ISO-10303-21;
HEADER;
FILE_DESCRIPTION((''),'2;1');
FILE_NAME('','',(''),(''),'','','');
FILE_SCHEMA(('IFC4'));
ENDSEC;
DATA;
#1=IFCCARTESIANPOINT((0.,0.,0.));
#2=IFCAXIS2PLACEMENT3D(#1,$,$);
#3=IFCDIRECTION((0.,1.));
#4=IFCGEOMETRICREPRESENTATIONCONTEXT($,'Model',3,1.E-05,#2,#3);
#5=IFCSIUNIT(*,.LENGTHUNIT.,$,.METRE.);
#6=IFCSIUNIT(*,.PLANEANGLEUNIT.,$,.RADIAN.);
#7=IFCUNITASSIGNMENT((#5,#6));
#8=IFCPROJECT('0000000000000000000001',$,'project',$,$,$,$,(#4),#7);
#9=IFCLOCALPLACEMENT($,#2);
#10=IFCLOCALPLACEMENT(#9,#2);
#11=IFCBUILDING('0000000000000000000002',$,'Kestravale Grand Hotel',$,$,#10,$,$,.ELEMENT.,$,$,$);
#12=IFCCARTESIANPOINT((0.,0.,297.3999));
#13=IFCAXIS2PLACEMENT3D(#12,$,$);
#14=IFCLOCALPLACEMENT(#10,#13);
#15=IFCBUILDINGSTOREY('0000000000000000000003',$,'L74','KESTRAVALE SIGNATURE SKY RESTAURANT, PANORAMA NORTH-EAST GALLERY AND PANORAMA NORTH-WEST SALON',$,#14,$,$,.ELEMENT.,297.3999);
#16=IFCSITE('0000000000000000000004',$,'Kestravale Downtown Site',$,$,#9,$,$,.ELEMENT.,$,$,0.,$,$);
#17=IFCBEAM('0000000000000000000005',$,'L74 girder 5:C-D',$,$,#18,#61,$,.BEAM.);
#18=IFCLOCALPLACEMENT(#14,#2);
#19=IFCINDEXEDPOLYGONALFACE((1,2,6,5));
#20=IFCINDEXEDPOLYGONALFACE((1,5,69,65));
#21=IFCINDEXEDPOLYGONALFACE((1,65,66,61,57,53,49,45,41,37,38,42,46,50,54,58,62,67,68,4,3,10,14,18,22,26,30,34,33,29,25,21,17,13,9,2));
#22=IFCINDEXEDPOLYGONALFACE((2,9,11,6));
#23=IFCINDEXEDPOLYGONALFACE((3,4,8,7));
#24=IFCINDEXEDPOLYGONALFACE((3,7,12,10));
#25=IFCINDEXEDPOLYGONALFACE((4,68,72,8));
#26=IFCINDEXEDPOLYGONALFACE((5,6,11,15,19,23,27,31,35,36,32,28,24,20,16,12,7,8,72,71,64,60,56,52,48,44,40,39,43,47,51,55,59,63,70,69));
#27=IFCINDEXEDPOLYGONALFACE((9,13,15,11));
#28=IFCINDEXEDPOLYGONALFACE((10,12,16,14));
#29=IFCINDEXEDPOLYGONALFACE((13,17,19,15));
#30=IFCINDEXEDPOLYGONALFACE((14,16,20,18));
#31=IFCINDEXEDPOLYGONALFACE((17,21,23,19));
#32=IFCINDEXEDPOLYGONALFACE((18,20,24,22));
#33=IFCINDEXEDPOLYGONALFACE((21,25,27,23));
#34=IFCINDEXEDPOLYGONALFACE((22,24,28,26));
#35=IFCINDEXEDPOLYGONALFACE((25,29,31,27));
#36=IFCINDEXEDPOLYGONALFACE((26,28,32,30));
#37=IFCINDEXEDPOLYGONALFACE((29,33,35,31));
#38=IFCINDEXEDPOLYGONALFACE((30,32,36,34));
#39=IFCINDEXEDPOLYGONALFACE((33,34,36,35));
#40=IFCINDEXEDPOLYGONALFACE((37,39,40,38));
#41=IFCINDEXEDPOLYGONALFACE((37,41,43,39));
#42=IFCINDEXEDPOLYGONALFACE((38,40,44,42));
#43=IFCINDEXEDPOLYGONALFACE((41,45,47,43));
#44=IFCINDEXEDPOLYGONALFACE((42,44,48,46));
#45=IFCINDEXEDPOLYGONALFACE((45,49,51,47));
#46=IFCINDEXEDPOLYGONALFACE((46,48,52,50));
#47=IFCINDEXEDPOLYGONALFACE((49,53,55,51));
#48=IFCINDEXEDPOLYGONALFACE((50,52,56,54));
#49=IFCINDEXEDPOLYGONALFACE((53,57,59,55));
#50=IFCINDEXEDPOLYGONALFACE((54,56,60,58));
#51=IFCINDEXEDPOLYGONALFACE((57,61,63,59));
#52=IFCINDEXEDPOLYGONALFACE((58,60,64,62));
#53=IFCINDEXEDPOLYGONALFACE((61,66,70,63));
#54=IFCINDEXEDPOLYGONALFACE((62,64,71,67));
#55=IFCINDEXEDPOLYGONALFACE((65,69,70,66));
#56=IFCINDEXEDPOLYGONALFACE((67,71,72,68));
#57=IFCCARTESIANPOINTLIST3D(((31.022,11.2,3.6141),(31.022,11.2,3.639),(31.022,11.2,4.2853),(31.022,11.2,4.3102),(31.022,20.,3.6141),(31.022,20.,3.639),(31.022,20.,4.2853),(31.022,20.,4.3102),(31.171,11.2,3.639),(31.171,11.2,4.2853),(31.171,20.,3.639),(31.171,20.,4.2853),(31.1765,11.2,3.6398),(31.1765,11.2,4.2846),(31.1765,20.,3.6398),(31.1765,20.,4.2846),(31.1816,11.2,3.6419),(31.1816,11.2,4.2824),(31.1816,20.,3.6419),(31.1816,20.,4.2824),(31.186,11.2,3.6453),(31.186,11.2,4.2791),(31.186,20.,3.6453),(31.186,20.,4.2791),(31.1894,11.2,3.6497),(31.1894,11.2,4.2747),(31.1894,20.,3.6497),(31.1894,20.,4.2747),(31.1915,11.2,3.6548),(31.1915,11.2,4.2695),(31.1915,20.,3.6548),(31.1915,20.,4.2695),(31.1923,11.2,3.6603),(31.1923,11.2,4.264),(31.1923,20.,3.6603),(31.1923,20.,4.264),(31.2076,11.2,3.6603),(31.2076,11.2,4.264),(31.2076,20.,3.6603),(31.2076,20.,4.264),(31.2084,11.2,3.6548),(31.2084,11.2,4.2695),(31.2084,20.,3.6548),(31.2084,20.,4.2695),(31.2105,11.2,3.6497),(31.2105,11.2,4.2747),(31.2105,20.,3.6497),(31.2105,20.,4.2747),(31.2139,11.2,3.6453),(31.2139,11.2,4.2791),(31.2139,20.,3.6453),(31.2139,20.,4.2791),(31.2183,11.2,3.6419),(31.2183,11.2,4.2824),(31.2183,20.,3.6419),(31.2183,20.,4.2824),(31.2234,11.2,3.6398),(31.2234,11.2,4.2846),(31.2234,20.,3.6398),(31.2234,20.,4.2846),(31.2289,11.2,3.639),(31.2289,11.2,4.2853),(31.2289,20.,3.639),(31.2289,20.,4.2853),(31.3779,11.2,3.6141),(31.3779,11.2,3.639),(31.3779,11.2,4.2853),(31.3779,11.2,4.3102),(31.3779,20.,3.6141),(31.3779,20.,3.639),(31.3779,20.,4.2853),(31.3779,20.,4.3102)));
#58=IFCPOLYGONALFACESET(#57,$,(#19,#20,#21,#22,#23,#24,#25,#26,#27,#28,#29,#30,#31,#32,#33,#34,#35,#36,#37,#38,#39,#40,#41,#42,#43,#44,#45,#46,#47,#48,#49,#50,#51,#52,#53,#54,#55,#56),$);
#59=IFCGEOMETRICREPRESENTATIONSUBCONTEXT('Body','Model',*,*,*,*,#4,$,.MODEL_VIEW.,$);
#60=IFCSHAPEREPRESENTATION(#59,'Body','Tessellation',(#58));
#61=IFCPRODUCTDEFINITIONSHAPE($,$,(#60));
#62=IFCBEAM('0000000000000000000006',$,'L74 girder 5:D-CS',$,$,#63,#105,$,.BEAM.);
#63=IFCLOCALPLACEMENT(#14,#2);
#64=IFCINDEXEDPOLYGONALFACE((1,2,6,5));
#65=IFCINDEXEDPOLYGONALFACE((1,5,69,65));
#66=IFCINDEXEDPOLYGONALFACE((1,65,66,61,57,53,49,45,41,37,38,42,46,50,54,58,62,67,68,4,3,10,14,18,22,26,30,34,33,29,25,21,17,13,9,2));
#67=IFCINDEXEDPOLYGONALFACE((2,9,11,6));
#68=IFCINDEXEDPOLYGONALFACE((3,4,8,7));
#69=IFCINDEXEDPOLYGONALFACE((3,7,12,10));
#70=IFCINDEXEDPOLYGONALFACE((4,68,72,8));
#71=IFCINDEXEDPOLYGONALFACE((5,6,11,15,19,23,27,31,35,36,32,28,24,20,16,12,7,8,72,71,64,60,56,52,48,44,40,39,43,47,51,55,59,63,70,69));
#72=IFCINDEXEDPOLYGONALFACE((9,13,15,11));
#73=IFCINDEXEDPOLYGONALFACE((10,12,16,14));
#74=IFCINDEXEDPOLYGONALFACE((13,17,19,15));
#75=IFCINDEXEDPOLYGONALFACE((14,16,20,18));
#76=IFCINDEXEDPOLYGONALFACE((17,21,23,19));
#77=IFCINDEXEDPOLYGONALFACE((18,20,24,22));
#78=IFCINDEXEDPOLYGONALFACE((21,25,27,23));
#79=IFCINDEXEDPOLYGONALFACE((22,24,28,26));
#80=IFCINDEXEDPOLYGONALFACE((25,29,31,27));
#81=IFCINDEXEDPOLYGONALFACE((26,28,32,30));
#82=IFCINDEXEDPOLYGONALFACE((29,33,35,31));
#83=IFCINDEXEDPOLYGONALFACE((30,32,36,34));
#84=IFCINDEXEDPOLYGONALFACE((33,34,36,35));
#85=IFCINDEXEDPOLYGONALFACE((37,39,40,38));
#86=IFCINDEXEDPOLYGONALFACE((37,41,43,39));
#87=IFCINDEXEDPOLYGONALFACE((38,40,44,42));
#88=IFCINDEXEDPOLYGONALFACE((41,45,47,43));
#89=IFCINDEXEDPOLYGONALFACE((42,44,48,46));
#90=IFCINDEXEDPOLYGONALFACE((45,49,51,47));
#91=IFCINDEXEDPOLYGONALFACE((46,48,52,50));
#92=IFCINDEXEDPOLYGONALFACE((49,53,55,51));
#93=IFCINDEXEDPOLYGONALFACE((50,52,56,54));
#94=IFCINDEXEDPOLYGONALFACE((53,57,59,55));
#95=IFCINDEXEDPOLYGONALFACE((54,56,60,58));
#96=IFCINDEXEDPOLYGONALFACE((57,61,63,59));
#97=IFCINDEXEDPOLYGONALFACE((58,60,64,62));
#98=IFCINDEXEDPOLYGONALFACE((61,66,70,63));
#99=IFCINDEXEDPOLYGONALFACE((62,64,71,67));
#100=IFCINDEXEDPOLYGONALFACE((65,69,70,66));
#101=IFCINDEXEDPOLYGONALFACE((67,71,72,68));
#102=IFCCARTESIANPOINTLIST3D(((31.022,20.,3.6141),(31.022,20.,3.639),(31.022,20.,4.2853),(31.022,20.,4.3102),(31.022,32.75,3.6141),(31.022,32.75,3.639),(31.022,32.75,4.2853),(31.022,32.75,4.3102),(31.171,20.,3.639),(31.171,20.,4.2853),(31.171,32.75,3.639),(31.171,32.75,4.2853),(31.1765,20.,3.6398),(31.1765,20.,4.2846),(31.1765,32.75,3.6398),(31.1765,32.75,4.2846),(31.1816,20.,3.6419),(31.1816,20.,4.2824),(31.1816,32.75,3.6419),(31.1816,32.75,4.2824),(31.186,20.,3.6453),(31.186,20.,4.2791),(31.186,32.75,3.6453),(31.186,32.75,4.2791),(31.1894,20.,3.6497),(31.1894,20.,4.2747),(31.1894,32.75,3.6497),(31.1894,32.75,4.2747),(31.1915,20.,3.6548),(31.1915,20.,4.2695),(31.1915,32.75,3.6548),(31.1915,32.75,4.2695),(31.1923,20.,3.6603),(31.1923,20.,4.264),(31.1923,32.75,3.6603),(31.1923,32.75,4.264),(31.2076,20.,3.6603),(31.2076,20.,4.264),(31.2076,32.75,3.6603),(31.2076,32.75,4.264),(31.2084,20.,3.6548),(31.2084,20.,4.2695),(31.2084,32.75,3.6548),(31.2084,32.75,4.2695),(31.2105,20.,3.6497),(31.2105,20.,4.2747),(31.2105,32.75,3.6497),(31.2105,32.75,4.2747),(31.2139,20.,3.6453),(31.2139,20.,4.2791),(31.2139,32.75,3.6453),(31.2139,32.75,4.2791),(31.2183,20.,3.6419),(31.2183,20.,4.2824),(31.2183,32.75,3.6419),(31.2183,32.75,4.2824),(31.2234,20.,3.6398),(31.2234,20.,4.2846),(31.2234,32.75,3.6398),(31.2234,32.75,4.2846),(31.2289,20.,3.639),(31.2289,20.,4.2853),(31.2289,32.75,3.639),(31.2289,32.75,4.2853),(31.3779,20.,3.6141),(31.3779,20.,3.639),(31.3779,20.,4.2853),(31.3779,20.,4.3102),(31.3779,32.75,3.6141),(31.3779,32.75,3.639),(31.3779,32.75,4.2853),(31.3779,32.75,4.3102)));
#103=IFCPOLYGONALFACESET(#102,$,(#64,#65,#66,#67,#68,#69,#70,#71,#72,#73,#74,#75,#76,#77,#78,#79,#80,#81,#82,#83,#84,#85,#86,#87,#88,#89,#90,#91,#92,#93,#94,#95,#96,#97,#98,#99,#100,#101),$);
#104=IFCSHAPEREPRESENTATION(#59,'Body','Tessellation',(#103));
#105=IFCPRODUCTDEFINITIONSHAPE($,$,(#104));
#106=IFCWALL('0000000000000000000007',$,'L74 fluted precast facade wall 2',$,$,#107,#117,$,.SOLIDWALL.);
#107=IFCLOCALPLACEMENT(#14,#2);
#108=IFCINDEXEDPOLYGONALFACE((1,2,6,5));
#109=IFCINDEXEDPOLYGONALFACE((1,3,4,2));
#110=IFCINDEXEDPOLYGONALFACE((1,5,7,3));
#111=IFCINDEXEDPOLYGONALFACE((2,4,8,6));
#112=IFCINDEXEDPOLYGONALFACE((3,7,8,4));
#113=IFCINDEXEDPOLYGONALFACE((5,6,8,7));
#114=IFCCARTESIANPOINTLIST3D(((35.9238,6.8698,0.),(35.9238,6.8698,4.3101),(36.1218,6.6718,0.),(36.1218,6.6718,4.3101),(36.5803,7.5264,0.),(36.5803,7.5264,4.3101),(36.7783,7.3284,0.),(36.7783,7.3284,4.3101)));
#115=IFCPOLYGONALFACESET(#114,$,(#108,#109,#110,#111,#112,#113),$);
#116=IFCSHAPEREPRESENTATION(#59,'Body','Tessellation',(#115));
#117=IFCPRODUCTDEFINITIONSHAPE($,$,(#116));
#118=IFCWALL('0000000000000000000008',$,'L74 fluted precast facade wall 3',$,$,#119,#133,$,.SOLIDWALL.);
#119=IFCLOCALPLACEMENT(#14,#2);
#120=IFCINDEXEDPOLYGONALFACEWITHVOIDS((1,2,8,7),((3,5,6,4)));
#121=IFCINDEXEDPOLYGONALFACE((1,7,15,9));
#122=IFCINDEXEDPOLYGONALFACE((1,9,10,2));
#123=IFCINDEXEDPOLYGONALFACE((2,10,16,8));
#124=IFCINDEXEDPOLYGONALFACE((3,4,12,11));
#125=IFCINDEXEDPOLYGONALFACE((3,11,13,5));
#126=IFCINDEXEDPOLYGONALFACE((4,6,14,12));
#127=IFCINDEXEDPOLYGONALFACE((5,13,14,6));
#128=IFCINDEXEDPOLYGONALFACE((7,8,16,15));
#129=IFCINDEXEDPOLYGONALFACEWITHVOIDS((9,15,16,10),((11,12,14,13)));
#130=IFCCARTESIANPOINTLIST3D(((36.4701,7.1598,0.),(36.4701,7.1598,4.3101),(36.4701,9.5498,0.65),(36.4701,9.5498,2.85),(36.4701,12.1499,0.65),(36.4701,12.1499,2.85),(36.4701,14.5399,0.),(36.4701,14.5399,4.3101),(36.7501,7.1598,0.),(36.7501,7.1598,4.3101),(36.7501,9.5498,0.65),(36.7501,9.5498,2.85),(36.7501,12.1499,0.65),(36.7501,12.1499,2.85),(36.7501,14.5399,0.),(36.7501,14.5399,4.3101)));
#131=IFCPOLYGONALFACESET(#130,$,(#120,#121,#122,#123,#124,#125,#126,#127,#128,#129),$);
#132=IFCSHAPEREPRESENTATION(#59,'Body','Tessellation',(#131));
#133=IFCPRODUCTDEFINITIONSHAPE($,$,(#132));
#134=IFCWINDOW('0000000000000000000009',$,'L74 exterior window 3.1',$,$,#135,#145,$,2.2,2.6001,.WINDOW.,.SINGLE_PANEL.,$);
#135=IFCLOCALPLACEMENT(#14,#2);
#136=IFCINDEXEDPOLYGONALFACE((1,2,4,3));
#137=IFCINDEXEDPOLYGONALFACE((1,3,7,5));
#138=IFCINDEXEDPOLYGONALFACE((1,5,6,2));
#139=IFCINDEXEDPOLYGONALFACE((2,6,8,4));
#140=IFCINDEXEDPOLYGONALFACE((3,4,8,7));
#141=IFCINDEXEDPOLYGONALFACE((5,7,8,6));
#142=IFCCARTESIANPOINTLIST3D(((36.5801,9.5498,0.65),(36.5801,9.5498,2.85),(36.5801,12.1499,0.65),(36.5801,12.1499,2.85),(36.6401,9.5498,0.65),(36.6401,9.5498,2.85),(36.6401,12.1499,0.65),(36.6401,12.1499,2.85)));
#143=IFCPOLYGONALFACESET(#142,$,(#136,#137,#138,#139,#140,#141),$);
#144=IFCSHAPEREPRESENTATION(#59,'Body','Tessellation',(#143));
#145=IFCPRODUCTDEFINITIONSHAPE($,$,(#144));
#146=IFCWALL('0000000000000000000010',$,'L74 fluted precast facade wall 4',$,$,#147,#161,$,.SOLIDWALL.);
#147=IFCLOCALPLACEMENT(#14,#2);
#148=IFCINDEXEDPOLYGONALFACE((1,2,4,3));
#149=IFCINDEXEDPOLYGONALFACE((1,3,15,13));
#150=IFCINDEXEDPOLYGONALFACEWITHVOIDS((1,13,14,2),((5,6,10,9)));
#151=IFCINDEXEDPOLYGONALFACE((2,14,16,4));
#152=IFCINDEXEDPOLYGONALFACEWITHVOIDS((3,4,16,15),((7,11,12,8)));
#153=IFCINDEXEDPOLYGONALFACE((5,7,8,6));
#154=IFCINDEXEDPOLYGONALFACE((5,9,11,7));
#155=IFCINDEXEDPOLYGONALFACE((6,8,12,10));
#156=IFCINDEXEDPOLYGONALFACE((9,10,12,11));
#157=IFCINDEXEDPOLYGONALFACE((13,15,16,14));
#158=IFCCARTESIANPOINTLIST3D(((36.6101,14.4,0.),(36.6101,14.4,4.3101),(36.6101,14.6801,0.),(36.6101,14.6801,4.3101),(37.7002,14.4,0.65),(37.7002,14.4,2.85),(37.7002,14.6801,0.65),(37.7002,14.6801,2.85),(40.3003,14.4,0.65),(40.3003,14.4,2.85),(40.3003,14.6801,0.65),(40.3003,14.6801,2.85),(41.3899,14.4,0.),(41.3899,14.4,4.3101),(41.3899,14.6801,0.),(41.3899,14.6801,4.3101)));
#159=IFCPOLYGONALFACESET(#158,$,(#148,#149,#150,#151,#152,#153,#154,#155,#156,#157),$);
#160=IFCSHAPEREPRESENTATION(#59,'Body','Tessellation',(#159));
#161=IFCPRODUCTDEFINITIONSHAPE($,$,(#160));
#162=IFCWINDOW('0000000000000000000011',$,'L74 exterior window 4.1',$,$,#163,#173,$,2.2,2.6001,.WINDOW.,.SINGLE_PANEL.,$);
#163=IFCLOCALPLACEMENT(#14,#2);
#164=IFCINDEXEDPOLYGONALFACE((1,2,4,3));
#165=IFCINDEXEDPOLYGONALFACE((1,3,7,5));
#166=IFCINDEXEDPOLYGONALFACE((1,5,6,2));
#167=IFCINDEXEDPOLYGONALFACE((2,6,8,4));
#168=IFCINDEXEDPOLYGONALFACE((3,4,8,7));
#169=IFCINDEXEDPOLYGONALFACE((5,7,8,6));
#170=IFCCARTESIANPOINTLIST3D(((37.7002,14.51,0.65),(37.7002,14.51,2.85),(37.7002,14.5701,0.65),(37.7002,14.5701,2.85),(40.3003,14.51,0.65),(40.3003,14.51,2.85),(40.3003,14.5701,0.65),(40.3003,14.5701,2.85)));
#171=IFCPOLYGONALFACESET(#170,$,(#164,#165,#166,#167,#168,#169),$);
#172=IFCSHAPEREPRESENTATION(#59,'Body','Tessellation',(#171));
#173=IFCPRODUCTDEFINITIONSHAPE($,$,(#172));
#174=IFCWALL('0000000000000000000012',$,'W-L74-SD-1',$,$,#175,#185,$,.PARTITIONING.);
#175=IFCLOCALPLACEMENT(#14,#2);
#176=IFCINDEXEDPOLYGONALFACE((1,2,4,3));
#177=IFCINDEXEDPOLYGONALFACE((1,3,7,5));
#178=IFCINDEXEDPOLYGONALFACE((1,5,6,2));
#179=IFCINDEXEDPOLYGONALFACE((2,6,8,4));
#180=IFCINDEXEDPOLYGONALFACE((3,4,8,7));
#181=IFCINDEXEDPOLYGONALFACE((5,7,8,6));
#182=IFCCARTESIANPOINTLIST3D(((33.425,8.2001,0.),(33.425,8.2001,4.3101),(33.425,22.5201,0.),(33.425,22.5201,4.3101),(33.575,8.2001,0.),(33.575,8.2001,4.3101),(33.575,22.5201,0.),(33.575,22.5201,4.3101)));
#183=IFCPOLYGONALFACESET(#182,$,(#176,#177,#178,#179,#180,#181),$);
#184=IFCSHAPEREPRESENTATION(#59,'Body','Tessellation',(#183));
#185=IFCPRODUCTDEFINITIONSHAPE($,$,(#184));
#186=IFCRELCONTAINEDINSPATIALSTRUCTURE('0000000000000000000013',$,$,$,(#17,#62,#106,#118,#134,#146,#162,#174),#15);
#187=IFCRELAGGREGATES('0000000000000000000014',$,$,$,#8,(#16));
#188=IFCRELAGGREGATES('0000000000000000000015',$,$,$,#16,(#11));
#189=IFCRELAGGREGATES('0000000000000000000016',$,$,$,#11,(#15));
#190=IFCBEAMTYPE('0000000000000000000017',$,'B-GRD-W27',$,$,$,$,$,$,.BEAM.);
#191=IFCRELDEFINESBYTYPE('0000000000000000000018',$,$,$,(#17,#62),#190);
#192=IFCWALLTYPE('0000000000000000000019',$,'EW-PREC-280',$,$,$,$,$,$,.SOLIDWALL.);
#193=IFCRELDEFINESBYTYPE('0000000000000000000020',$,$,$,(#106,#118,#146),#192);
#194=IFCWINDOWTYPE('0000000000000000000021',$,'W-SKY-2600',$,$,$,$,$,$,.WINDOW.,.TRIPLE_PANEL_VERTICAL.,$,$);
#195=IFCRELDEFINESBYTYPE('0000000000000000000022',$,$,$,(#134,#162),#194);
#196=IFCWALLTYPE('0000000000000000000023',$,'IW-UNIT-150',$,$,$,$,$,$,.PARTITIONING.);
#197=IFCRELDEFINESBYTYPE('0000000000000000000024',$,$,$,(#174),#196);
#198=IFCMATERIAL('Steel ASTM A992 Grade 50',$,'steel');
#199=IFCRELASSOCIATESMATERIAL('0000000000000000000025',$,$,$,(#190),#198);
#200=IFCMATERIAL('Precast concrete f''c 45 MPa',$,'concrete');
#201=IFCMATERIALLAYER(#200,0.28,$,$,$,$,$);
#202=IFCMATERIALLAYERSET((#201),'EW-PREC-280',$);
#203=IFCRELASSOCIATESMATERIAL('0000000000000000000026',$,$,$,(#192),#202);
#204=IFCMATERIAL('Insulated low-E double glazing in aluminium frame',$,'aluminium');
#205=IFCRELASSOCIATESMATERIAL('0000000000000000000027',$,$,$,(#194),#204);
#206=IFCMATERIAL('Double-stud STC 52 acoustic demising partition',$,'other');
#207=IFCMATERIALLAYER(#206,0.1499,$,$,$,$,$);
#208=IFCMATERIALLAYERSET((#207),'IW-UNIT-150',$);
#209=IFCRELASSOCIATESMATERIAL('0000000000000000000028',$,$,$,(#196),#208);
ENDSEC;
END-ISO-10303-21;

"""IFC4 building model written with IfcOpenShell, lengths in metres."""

from ifc_helpers import new_model, si_unit, direction, frame, frame_2d, origin, origin_2d, place, context, subcontext, project, spatial, rectangle, i_section, extrude, material, layer, layer_set, material_profile, profile_set, type_object, element, fill, save


model = new_model("IFC4")

# Units and contexts
model_context = context("Model", 3, precision=1e-05, world=origin(), true_north=direction((0.0, 1.0)))
body_context = subcontext(model_context, "Body", "Model", "MODEL_VIEW")
ifc_project = project(units=[si_unit("LENGTHUNIT", "METRE"), si_unit("PLANEANGLEUNIT", "RADIAN")], contexts=[model_context])

# Site, building, storey
site_placement = place(None, origin())
site = spatial("IfcSite", under=ifc_project, at=site_placement, Name="Kestravale Downtown Site", CompositionType="ELEMENT", RefElevation=0.0)
building_placement = place(site_placement, origin())
building = spatial("IfcBuilding", under=site, at=building_placement, Name="Kestravale Grand Hotel", CompositionType="ELEMENT")
storey_placement = place(building_placement, frame((0.0, 0.0, 297.3999)))
storey = spatial("IfcBuildingStorey", under=building, at=storey_placement, Name="L74", Description="KESTRAVALE SIGNATURE SKY RESTAURANT, PANORAMA NORTH-EAST GALLERY AND PANORAMA NORTH-WEST SALON", CompositionType="ELEMENT", Elevation=297.3999)

# Beams
ifc_material_1 = material(Name="Steel ASTM A992 Grade 50", Category="steel")
ifc_material_profile_1 = material_profile(ifc_material_1, i_section(OverallWidth=0.356, OverallDepth=0.696, WebThickness=0.0154, FlangeThickness=0.0249, FilletRadius=0.0212, at=origin_2d()))
ifc_profile_set_1 = profile_set([ifc_material_profile_1], Name="Steel ASTM A992 Grade 50")
beam_type_1 = type_object("IfcBeamType", Name="B-GRD-W27", PredefinedType="BEAM", material=ifc_profile_set_1)
beam_1_placement = place(storey_placement, frame((31.2, 11.2, 3.9622), z_axis=(0.0, 1.0, 0.0), x_axis=(-1.0, 0.0, 0.0)))
element("IfcBeam", 1, at=beam_1_placement, inside=storey, type_object=beam_type_1, Name="L74 girder 5:C-D", PredefinedType="BEAM", context=body_context, shape_type="SweptSolid", body=[
    extrude(i_section(OverallWidth=0.356, OverallDepth=0.696, WebThickness=0.0154, FlangeThickness=0.0249, FilletRadius=0.0212, at=origin_2d()), origin(), (0.0, 0.0, 1.0), 8.8),
])
beam_2_placement = place(storey_placement, frame((31.2, 20.0, 3.9622), z_axis=(0.0, 1.0, 0.0), x_axis=(-1.0, 0.0, 0.0)))
element("IfcBeam", 2, at=beam_2_placement, inside=storey, type_object=beam_type_1, Name="L74 girder 5:D-CS", PredefinedType="BEAM", context=body_context, shape_type="SweptSolid", body=[
    extrude(i_section(OverallWidth=0.356, OverallDepth=0.696, WebThickness=0.0154, FlangeThickness=0.0249, FilletRadius=0.0212, at=origin_2d()), origin(), (0.0, 0.0, 1.0), 12.75),
])

# Wall
ifc_material_2 = material(Name="Precast concrete f'c 45 MPa", Category="concrete")
ifc_layer_1 = layer(ifc_material_2, 0.28)
ifc_layer_set_1 = layer_set([ifc_layer_1], Name="EW-PREC-280")
wall_type_1 = type_object("IfcWallType", Name="EW-PREC-280", PredefinedType="SOLIDWALL", material=ifc_layer_set_1)
wall_1_placement = place(storey_placement, frame((36.0227, 6.7708, 0.0), z_axis=(0.0, 0.0, 1.0), x_axis=(0.707107, 0.707107, 0.0)))
element("IfcWall", 3, at=wall_1_placement, inside=storey, type_object=wall_type_1, Name="L74 fluted precast facade wall 2", PredefinedType="SOLIDWALL", context=body_context, shape_type="SweptSolid", body=[
    extrude(rectangle(XDim=0.9285, YDim=0.28, at=frame_2d((0.4644, 0.0))), origin(), (0.0, 0.0, 1.0), 4.3101),
])

# Walls, openings, windows
wall_2_placement = place(storey_placement, frame((36.6101, 7.1599, 0.0), z_axis=(0.0, 0.0, 1.0), x_axis=(0.0, 1.0, 0.0)))
wall_2 = element("IfcWall", 4, at=wall_2_placement, inside=storey, type_object=wall_type_1, Name="L74 fluted precast facade wall 3", PredefinedType="SOLIDWALL", context=body_context, shape_type="SweptSolid", body=[
    extrude(rectangle(XDim=7.3801, YDim=0.28, at=frame_2d((3.6899, 0.0))), origin(), (0.0, 0.0, 1.0), 4.3101),
])
opening_1_placement = place(wall_2_placement, frame((2.3899, 0.0, 0.6499)))
opening_1 = element("IfcOpeningElement", 5, at=opening_1_placement, cuts=wall_2, PredefinedType="OPENING", context=body_context, shape_type="SweptSolid", body=[
    extrude(rectangle(XDim=2.6001, YDim=2.2, at=frame_2d((1.3, 1.1001))), frame((0.0, 0.1499, 0.0), z_axis=(0.0, -1.0, 0.0), x_axis=(1.0, 0.0, 0.0)), (0.0, 0.0, 1.0), 0.3),
])
ifc_material_3 = material(Name="Insulated low-E double glazing in aluminium frame", Category="aluminium")
window_type = type_object("IfcWindowType", Name="W-SKY-2600", PartitioningType="TRIPLE_PANEL_VERTICAL", PredefinedType="WINDOW", material=ifc_material_3)
window_1_placement = place(opening_1_placement, origin())
window_1 = element("IfcWindow", 6, at=window_1_placement, inside=storey, type_object=window_type, Name="L74 exterior window 3.1", OverallHeight=2.2, OverallWidth=2.6001, PartitioningType="SINGLE_PANEL", PredefinedType="WINDOW", context=body_context, shape_type="SweptSolid", body=[
    extrude(rectangle(XDim=2.6001, YDim=2.2, at=frame_2d((1.3, 1.1001))), frame((0.0, 0.03, 0.0), z_axis=(0.0, -1.0, 0.0), x_axis=(1.0, 0.0, 0.0)), (0.0, 0.0, 1.0), 0.0601),
])
fill(opening_1, window_1)
wall_3_placement = place(storey_placement, frame((36.6101, 14.54, 0.0), z_axis=(0.0, 0.0, 1.0), x_axis=(1.0, 0.0, 0.0)))
wall_3 = element("IfcWall", 7, at=wall_3_placement, inside=storey, type_object=wall_type_1, Name="L74 fluted precast facade wall 4", PredefinedType="SOLIDWALL", context=body_context, shape_type="SweptSolid", body=[
    extrude(rectangle(XDim=4.7798, YDim=0.28, at=frame_2d((2.3899, 0.0))), origin(), (0.0, 0.0, 1.0), 4.3101),
])
opening_2_placement = place(wall_3_placement, frame((1.0901, 0.0, 0.6499)))
opening_2 = element("IfcOpeningElement", 8, at=opening_2_placement, cuts=wall_3, PredefinedType="OPENING", context=body_context, shape_type="SweptSolid", body=[
    extrude(rectangle(XDim=2.6001, YDim=2.2, at=frame_2d((1.3, 1.1001))), frame((0.0, 0.1499, 0.0), z_axis=(0.0, -1.0, 0.0), x_axis=(1.0, 0.0, 0.0)), (0.0, 0.0, 1.0), 0.3),
])
window_2_placement = place(opening_2_placement, origin())
window_2 = element("IfcWindow", 9, at=window_2_placement, inside=storey, type_object=window_type, Name="L74 exterior window 4.1", OverallHeight=2.2, OverallWidth=2.6001, PartitioningType="SINGLE_PANEL", PredefinedType="WINDOW", context=body_context, shape_type="SweptSolid", body=[
    extrude(rectangle(XDim=2.6001, YDim=2.2, at=frame_2d((1.3, 1.1001))), frame((0.0, 0.03, 0.0), z_axis=(0.0, -1.0, 0.0), x_axis=(1.0, 0.0, 0.0)), (0.0, 0.0, 1.0), 0.0601),
])
fill(opening_2, window_2)

# Wall
ifc_material_4 = material(Name="Double-stud STC 52 acoustic demising partition", Category="other")
ifc_layer_2 = layer(ifc_material_4, 0.1499)
ifc_layer_set_2 = layer_set([ifc_layer_2], Name="IW-UNIT-150")
wall_type_2 = type_object("IfcWallType", Name="IW-UNIT-150", PredefinedType="PARTITIONING", material=ifc_layer_set_2)
wall_4_placement = place(storey_placement, frame((33.5, 8.2, 0.0), z_axis=(0.0, 0.0, 1.0), x_axis=(0.0, 1.0, 0.0)))
element("IfcWall", 10, at=wall_4_placement, inside=storey, type_object=wall_type_2, Name="W-L74-SD-1", PredefinedType="PARTITIONING", context=body_context, shape_type="SweptSolid", body=[
    extrude(rectangle(XDim=14.3201, YDim=0.1499, at=frame_2d((7.1602, 0.0))), origin(), (0.0, 0.0, 1.0), 4.3101),
])

save(model, "model.ifc")
